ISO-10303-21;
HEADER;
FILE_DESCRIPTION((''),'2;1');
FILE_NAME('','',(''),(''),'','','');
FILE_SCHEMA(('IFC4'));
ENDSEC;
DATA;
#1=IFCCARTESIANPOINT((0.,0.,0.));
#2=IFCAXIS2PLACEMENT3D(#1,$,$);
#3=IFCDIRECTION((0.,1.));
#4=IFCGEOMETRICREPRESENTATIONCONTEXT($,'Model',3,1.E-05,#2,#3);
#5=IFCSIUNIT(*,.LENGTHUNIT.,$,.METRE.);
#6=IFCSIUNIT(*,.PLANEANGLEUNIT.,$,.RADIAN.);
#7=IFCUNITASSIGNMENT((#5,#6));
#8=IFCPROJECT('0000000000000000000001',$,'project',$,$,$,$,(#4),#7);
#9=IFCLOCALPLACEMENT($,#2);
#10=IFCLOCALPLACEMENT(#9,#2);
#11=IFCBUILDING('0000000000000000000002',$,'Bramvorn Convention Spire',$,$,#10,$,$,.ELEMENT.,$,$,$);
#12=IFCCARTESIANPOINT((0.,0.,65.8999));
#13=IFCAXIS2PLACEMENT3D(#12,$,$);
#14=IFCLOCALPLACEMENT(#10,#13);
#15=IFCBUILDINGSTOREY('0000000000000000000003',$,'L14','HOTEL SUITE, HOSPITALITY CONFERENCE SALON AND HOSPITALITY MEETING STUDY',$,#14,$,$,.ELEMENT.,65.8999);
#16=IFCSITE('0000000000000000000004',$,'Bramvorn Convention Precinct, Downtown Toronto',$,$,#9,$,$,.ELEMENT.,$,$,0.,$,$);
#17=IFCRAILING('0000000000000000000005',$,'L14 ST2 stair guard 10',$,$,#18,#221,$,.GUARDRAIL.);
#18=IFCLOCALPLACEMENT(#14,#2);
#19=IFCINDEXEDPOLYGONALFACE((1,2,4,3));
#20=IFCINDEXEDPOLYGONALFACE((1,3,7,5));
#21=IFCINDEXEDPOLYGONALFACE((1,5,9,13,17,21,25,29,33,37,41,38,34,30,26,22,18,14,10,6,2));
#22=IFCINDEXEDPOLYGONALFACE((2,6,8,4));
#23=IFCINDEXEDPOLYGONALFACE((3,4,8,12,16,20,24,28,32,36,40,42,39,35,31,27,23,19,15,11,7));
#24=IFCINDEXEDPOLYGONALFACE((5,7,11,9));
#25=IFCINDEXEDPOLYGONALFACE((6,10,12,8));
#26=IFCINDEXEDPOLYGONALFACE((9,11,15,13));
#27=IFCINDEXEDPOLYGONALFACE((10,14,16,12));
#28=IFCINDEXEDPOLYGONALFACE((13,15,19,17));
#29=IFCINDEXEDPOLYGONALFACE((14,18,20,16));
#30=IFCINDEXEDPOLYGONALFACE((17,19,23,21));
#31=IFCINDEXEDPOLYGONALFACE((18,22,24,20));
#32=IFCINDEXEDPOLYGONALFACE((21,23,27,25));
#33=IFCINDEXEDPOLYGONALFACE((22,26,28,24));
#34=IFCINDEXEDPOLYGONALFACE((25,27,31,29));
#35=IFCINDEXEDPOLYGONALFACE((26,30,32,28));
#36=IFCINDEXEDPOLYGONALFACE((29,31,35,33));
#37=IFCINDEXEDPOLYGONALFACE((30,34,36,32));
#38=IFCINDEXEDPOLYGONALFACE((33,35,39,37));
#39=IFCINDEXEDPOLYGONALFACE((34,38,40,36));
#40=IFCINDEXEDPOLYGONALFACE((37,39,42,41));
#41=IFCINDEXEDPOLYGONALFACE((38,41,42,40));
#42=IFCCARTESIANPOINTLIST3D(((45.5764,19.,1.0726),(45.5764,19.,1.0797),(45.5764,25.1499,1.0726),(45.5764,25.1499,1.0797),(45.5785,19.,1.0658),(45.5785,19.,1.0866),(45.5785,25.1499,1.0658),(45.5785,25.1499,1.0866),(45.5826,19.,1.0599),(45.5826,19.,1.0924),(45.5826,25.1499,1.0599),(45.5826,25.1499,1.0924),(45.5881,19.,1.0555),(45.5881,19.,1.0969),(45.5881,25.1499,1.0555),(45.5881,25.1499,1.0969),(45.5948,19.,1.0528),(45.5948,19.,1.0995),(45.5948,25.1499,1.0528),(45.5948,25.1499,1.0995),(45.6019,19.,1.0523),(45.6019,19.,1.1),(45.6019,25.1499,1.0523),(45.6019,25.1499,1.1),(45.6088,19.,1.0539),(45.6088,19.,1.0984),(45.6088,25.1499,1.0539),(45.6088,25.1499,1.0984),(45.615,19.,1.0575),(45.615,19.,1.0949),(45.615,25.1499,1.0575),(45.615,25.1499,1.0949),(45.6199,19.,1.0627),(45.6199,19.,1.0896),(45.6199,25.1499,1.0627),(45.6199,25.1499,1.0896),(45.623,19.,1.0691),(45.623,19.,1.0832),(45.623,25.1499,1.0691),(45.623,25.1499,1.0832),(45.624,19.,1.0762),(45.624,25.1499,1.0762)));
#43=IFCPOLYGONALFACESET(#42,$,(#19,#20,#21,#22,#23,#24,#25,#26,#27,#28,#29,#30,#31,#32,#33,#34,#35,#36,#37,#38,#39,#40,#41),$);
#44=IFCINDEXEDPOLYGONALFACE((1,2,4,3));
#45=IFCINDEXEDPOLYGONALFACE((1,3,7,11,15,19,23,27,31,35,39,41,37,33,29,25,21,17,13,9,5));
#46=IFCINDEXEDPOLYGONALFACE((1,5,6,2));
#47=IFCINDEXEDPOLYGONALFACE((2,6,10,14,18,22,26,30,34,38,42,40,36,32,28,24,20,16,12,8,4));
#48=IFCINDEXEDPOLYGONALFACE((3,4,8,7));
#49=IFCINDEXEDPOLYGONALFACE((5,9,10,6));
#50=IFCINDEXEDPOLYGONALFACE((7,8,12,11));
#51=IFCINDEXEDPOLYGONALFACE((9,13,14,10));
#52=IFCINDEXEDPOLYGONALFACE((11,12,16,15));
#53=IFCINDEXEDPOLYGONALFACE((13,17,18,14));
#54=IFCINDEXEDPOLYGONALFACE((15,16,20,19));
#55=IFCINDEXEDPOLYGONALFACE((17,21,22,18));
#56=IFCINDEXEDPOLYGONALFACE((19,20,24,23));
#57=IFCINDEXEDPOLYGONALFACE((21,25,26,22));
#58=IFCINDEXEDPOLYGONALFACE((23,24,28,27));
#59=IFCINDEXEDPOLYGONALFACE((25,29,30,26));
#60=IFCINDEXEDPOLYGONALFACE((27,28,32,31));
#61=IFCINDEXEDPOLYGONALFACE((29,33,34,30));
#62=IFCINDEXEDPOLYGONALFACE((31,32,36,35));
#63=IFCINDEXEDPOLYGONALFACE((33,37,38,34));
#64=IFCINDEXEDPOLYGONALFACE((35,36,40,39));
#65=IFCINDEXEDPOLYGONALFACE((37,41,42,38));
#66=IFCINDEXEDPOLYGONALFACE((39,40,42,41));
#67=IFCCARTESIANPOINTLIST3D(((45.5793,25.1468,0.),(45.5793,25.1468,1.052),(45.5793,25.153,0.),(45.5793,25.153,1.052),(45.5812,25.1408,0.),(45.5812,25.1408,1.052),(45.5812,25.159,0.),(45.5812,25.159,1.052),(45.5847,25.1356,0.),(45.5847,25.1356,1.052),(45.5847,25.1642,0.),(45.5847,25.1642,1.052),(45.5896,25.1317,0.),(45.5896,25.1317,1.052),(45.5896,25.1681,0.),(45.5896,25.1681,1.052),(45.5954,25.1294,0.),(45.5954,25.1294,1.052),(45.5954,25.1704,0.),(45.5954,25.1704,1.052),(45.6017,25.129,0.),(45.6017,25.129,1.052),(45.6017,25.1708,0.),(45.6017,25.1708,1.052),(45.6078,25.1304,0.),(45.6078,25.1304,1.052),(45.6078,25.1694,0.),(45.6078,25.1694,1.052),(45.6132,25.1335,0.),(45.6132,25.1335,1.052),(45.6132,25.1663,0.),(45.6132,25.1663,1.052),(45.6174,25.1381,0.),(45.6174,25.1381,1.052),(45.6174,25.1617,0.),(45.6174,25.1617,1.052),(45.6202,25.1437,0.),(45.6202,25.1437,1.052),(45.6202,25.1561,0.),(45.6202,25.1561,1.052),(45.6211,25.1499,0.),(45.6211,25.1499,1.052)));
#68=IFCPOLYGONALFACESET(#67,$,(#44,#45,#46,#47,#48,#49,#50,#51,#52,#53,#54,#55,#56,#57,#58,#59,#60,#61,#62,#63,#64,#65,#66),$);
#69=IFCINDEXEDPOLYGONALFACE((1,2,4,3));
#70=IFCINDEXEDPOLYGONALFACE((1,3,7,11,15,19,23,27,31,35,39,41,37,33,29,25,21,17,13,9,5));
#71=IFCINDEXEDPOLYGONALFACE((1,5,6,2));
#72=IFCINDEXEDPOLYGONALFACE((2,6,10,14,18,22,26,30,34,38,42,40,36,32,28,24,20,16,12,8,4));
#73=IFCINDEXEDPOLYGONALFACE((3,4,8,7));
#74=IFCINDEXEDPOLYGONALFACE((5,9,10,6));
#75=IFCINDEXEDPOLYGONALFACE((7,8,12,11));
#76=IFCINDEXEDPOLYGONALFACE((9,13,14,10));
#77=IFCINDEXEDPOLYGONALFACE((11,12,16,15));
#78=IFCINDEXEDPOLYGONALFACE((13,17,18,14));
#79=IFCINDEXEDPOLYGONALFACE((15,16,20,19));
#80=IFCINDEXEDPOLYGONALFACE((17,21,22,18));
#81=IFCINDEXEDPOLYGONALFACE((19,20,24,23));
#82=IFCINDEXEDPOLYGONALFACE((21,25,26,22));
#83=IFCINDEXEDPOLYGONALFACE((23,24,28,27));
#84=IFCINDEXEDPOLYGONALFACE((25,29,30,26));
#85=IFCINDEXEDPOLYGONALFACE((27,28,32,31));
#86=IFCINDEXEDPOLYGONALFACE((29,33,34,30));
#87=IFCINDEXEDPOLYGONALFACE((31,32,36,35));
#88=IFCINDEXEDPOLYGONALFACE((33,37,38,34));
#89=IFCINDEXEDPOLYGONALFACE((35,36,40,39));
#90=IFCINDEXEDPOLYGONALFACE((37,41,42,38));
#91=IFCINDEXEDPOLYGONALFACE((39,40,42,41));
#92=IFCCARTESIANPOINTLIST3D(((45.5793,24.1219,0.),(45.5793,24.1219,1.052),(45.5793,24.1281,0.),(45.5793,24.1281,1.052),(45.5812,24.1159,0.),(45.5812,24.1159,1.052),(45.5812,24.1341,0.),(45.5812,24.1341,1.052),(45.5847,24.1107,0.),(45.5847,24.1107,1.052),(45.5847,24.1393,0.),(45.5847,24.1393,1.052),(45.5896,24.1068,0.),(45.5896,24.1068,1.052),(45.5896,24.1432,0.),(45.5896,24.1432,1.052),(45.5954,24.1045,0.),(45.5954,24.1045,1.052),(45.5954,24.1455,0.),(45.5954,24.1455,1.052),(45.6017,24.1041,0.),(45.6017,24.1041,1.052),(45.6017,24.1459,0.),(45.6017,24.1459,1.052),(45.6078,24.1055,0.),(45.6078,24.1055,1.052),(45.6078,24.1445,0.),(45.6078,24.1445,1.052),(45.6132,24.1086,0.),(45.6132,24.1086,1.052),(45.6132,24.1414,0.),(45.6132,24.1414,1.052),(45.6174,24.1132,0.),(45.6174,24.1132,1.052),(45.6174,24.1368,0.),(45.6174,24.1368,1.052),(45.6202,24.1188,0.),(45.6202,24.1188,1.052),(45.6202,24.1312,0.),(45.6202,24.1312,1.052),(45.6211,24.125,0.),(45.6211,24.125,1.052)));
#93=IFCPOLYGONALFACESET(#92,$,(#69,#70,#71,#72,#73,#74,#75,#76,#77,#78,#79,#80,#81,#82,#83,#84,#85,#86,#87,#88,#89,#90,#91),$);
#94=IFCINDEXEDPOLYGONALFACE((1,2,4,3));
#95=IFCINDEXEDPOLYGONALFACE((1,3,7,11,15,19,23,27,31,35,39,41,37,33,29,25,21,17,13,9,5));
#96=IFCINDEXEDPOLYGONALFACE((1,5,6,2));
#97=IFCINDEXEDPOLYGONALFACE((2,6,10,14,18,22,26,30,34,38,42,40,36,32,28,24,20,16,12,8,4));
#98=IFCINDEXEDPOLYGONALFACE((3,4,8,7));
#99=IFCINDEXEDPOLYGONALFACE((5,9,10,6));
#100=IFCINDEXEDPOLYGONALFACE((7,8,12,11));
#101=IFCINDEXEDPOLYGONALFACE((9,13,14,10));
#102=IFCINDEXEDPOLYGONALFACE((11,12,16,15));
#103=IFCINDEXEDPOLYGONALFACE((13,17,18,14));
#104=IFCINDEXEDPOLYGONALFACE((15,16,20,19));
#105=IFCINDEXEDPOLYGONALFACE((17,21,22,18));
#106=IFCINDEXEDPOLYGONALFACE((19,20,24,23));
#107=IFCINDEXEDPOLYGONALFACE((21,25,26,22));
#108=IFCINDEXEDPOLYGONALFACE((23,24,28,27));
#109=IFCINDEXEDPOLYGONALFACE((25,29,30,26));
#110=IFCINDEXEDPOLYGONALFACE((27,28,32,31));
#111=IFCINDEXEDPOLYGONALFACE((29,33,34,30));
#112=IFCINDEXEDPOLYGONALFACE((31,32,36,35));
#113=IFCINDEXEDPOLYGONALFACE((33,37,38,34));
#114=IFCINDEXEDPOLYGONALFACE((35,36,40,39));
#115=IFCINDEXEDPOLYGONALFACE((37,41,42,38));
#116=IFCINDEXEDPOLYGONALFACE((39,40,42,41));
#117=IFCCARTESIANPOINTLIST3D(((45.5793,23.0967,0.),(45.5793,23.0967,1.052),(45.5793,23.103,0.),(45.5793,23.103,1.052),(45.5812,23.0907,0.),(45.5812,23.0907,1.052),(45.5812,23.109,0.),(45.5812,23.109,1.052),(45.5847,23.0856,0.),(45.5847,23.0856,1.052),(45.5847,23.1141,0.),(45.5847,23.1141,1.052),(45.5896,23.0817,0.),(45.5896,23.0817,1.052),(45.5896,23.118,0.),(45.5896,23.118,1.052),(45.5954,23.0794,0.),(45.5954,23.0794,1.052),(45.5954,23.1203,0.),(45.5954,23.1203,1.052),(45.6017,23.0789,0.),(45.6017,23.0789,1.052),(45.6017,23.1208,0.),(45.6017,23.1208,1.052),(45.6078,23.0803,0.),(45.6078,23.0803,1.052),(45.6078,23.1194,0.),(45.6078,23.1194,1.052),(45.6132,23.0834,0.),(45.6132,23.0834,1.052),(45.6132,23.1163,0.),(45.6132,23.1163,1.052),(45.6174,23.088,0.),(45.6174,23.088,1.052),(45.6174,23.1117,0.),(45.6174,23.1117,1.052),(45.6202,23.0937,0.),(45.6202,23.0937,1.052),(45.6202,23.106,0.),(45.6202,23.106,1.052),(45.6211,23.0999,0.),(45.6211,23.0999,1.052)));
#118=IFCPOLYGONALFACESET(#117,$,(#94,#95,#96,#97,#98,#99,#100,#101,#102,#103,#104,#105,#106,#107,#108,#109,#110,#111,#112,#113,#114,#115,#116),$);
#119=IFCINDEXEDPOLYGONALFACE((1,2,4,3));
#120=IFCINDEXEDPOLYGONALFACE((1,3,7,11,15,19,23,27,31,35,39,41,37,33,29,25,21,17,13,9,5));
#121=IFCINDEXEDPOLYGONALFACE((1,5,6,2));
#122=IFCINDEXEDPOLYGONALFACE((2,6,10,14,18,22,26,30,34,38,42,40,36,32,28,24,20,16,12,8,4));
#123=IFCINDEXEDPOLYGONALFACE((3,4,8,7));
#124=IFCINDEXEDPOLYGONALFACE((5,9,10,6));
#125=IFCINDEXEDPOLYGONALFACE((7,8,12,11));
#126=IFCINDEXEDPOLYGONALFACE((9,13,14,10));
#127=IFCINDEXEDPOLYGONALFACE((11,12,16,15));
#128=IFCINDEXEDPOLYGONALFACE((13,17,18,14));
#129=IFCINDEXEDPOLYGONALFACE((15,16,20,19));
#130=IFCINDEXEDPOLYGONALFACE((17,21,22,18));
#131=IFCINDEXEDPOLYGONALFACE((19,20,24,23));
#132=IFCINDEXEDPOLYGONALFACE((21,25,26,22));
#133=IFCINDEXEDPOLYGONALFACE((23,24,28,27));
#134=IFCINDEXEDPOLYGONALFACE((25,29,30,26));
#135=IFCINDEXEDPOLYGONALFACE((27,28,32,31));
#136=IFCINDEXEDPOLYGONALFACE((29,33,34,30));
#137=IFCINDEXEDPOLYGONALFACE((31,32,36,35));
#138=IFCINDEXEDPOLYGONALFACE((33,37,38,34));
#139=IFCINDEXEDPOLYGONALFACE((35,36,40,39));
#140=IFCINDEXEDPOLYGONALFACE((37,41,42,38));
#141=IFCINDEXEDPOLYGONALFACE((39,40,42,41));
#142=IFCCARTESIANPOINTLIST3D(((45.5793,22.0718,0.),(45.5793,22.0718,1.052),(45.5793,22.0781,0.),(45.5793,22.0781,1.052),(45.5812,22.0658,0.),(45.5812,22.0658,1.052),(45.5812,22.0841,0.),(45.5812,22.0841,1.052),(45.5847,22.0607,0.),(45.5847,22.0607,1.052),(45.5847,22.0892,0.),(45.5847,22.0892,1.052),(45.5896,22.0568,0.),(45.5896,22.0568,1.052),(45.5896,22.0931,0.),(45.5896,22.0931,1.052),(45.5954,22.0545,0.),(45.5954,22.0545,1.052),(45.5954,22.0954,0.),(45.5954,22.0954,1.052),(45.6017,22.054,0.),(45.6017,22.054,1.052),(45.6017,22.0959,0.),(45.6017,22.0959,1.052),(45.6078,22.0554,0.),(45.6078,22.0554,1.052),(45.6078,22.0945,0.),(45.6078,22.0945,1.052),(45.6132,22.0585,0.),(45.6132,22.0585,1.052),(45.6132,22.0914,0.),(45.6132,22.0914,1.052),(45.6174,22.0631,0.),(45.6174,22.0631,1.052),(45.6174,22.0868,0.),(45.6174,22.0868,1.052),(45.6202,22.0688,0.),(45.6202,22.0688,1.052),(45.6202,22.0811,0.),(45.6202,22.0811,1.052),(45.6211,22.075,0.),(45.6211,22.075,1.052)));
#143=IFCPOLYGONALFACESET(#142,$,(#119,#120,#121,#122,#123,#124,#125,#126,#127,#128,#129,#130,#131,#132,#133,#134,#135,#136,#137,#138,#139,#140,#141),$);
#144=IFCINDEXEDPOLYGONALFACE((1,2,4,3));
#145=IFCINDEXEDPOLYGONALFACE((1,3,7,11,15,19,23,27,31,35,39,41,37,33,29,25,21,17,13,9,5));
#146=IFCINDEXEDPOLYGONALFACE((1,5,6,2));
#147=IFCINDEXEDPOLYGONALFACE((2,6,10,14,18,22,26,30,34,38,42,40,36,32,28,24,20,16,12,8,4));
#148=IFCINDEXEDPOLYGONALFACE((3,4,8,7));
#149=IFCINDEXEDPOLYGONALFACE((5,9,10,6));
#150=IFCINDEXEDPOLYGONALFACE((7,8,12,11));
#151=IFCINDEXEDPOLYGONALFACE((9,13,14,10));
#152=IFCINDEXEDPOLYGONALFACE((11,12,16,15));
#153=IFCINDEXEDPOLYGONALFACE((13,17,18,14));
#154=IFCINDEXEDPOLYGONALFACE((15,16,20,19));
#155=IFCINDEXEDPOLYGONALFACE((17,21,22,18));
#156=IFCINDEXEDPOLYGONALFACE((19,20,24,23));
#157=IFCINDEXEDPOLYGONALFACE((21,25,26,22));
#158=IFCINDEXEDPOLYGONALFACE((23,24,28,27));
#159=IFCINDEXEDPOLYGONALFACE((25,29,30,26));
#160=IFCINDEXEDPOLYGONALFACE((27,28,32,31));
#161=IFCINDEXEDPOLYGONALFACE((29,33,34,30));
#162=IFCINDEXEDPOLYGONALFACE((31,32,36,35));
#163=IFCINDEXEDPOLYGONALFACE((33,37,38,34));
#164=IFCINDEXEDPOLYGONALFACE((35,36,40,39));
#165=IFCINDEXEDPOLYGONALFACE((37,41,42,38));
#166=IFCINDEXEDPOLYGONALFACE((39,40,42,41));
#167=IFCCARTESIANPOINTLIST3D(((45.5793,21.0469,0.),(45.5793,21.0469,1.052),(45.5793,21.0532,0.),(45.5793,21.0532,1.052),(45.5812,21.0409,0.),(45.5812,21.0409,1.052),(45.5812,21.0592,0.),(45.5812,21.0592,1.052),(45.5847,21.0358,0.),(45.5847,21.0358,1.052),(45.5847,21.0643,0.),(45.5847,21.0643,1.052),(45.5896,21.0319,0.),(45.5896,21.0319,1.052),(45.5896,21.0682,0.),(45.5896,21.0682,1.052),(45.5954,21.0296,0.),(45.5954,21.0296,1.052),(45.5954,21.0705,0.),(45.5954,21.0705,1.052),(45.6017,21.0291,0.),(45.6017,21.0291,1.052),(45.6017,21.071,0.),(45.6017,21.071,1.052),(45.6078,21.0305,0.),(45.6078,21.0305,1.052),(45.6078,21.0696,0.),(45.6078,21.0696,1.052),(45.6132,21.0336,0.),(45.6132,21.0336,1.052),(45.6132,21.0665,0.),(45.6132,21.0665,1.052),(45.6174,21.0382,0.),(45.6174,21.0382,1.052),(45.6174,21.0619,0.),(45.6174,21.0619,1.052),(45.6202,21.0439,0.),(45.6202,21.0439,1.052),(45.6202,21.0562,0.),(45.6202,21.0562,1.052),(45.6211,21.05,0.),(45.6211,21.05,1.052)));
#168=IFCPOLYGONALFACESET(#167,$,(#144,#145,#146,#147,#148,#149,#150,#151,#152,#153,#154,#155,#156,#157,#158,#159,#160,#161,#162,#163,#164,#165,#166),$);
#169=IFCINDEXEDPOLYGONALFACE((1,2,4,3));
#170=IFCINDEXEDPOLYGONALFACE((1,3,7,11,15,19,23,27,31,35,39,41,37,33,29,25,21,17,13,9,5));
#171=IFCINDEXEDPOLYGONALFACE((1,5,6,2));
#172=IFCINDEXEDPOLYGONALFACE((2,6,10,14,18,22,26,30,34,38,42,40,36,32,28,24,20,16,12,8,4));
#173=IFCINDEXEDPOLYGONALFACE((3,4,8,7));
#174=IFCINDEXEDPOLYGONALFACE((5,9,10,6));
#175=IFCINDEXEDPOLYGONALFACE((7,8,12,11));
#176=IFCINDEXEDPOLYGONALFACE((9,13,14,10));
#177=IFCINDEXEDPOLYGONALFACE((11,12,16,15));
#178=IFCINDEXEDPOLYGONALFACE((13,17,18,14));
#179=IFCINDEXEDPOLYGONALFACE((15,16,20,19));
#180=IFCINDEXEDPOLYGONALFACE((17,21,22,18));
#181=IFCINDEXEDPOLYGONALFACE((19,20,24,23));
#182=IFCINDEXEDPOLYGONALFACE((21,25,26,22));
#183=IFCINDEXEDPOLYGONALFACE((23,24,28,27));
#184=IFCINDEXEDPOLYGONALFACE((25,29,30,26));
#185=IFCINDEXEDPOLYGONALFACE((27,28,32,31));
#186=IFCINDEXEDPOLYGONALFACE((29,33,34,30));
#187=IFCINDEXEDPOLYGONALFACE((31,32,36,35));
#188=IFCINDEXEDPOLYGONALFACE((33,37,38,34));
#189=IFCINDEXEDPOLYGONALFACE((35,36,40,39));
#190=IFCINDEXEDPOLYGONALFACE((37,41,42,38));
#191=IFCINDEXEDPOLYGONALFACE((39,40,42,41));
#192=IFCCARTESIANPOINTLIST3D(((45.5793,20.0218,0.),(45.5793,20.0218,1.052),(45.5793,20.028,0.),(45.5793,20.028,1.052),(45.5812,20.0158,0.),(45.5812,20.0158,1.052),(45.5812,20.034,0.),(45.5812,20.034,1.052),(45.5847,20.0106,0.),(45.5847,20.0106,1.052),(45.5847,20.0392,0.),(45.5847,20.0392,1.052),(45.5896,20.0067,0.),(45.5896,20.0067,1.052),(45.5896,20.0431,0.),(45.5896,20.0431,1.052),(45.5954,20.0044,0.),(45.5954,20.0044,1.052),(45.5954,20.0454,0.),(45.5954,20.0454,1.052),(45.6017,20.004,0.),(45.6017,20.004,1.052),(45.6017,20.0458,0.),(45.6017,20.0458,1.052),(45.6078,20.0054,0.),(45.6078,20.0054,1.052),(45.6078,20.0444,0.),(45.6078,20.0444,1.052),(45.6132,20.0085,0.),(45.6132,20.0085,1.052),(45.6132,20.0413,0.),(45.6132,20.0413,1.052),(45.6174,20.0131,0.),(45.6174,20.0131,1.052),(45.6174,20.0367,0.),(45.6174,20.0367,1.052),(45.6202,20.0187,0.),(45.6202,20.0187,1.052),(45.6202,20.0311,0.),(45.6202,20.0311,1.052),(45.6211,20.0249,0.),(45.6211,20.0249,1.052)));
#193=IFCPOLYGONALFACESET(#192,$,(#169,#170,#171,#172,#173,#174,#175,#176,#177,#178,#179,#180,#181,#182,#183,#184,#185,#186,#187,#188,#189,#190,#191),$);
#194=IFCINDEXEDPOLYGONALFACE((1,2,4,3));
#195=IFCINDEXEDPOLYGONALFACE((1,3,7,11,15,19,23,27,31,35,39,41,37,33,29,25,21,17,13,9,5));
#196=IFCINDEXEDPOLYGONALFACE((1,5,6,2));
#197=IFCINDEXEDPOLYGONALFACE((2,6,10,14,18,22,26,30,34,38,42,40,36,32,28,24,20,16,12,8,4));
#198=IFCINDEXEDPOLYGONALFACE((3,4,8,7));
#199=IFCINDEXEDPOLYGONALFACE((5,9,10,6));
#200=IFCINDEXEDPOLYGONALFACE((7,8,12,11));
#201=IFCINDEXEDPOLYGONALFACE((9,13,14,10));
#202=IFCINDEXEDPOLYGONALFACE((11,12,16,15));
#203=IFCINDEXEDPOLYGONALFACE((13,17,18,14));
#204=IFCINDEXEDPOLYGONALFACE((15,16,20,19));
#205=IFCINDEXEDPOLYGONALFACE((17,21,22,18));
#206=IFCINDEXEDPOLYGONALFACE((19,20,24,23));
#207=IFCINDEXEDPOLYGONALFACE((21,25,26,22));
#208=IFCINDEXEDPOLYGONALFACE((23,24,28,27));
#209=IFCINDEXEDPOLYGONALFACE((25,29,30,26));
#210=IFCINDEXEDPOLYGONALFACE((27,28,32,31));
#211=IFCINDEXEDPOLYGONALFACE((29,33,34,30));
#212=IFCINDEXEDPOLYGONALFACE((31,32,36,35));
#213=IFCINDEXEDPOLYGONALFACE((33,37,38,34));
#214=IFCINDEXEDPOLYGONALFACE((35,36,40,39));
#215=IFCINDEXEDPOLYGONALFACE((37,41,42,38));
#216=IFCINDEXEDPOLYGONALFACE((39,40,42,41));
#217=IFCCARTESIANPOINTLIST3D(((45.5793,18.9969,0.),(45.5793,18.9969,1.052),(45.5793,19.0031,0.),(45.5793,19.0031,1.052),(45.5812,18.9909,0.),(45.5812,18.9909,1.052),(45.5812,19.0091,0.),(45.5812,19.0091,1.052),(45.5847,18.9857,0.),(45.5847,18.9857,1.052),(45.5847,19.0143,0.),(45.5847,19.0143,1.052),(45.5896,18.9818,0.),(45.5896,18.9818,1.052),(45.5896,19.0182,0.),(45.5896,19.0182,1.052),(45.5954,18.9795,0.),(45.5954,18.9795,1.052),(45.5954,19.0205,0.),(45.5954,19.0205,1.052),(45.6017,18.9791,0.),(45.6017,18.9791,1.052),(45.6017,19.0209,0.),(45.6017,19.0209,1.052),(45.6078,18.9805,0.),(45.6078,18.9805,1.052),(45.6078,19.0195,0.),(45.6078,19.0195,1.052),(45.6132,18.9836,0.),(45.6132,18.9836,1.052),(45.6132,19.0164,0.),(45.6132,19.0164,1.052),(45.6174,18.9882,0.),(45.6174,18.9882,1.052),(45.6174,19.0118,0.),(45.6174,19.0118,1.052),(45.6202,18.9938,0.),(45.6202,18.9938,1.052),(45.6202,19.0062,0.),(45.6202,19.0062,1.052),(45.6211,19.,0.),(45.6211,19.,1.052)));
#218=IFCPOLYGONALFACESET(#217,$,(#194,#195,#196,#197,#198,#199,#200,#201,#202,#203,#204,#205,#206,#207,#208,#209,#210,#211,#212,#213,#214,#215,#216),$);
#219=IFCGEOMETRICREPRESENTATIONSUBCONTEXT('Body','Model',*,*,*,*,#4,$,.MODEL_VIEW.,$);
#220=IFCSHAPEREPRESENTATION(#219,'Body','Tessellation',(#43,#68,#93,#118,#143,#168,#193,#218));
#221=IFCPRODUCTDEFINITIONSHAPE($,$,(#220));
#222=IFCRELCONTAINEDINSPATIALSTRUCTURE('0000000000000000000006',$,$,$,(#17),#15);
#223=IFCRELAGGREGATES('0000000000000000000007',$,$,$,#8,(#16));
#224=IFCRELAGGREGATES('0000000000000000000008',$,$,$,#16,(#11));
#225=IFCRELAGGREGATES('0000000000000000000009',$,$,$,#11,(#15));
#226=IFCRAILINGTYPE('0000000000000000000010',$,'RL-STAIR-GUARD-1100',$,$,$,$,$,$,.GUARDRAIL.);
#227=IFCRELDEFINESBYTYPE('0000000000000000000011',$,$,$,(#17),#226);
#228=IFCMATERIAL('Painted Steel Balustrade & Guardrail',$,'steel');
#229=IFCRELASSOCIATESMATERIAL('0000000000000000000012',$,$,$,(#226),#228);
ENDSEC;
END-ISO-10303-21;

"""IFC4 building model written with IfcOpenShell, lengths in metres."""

from ifc_helpers import new_model, si_unit, direction, frame, origin, origin_2d, place, context, subcontext, project, spatial, circle, extrude, material, type_object, element, save


model = new_model("IFC4")

# Units and contexts
model_context = context("Model", 3, precision=1e-05, world=origin(), true_north=direction((0.0, 1.0)))
body_context = subcontext(model_context, "Body", "Model", "MODEL_VIEW")
ifc_project = project(units=[si_unit("LENGTHUNIT", "METRE"), si_unit("PLANEANGLEUNIT", "RADIAN")], contexts=[model_context])

# Site, building, storey
site_placement = place(None, origin())
site = spatial("IfcSite", under=ifc_project, at=site_placement, Name="Bramvorn Convention Precinct, Downtown Toronto", CompositionType="ELEMENT", RefElevation=0.0)
building_placement = place(site_placement, origin())
building = spatial("IfcBuilding", under=site, at=building_placement, Name="Bramvorn Convention Spire", CompositionType="ELEMENT")
storey_placement = place(building_placement, frame((0.0, 0.0, 65.8999)))
storey = spatial("IfcBuildingStorey", under=building, at=storey_placement, Name="L14", Description="HOTEL SUITE, HOSPITALITY CONFERENCE SALON AND HOSPITALITY MEETING STUDY", CompositionType="ELEMENT", Elevation=65.8999)

# Railing
ifc_material_1 = material(Name="Painted Steel Balustrade & Guardrail", Category="steel")
railing_type_1 = type_object("IfcRailingType", Name="RL-STAIR-GUARD-1100", PredefinedType="GUARDRAIL", material=ifc_material_1)
railing_1_placement = place(storey_placement, frame((45.6001, 25.1499, 0.0)))
element("IfcRailing", 1, at=railing_1_placement, inside=storey, type_object=railing_type_1, Name="L14 ST2 stair guard 10", PredefinedType="GUARDRAIL", context=body_context, shape_type="SweptSolid", body=[
    extrude(circle(Radius=0.0239, at=origin_2d()), frame((0.0, 0.0, 1.0762), z_axis=(0.0, -1.0, 0.0), x_axis=(1.0, 0.0, 0.0)), (0.0, 0.0, 1.0), 6.1499),
    extrude(circle(Radius=0.021, at=origin_2d()), origin(), (0.0, 0.0, 1.0), 1.052),
    extrude(circle(Radius=0.021, at=origin_2d()), frame((0.0, -1.0249, 0.0)), (0.0, 0.0, 1.0), 1.052),
    extrude(circle(Radius=0.021, at=origin_2d()), frame((0.0, -2.05, 0.0)), (0.0, 0.0, 1.0), 1.052),
    extrude(circle(Radius=0.021, at=origin_2d()), frame((0.0, -3.075, 0.0)), (0.0, 0.0, 1.0), 1.052),
    extrude(circle(Radius=0.021, at=origin_2d()), frame((0.0, -4.0999, 0.0)), (0.0, 0.0, 1.0), 1.052),
    extrude(circle(Radius=0.021, at=origin_2d()), frame((0.0, -5.125, 0.0)), (0.0, 0.0, 1.0), 1.052),
    extrude(circle(Radius=0.021, at=origin_2d()), frame((0.0, -6.1499, 0.0)), (0.0, 0.0, 1.0), 1.052),
])

save(model, "model.ifc")
